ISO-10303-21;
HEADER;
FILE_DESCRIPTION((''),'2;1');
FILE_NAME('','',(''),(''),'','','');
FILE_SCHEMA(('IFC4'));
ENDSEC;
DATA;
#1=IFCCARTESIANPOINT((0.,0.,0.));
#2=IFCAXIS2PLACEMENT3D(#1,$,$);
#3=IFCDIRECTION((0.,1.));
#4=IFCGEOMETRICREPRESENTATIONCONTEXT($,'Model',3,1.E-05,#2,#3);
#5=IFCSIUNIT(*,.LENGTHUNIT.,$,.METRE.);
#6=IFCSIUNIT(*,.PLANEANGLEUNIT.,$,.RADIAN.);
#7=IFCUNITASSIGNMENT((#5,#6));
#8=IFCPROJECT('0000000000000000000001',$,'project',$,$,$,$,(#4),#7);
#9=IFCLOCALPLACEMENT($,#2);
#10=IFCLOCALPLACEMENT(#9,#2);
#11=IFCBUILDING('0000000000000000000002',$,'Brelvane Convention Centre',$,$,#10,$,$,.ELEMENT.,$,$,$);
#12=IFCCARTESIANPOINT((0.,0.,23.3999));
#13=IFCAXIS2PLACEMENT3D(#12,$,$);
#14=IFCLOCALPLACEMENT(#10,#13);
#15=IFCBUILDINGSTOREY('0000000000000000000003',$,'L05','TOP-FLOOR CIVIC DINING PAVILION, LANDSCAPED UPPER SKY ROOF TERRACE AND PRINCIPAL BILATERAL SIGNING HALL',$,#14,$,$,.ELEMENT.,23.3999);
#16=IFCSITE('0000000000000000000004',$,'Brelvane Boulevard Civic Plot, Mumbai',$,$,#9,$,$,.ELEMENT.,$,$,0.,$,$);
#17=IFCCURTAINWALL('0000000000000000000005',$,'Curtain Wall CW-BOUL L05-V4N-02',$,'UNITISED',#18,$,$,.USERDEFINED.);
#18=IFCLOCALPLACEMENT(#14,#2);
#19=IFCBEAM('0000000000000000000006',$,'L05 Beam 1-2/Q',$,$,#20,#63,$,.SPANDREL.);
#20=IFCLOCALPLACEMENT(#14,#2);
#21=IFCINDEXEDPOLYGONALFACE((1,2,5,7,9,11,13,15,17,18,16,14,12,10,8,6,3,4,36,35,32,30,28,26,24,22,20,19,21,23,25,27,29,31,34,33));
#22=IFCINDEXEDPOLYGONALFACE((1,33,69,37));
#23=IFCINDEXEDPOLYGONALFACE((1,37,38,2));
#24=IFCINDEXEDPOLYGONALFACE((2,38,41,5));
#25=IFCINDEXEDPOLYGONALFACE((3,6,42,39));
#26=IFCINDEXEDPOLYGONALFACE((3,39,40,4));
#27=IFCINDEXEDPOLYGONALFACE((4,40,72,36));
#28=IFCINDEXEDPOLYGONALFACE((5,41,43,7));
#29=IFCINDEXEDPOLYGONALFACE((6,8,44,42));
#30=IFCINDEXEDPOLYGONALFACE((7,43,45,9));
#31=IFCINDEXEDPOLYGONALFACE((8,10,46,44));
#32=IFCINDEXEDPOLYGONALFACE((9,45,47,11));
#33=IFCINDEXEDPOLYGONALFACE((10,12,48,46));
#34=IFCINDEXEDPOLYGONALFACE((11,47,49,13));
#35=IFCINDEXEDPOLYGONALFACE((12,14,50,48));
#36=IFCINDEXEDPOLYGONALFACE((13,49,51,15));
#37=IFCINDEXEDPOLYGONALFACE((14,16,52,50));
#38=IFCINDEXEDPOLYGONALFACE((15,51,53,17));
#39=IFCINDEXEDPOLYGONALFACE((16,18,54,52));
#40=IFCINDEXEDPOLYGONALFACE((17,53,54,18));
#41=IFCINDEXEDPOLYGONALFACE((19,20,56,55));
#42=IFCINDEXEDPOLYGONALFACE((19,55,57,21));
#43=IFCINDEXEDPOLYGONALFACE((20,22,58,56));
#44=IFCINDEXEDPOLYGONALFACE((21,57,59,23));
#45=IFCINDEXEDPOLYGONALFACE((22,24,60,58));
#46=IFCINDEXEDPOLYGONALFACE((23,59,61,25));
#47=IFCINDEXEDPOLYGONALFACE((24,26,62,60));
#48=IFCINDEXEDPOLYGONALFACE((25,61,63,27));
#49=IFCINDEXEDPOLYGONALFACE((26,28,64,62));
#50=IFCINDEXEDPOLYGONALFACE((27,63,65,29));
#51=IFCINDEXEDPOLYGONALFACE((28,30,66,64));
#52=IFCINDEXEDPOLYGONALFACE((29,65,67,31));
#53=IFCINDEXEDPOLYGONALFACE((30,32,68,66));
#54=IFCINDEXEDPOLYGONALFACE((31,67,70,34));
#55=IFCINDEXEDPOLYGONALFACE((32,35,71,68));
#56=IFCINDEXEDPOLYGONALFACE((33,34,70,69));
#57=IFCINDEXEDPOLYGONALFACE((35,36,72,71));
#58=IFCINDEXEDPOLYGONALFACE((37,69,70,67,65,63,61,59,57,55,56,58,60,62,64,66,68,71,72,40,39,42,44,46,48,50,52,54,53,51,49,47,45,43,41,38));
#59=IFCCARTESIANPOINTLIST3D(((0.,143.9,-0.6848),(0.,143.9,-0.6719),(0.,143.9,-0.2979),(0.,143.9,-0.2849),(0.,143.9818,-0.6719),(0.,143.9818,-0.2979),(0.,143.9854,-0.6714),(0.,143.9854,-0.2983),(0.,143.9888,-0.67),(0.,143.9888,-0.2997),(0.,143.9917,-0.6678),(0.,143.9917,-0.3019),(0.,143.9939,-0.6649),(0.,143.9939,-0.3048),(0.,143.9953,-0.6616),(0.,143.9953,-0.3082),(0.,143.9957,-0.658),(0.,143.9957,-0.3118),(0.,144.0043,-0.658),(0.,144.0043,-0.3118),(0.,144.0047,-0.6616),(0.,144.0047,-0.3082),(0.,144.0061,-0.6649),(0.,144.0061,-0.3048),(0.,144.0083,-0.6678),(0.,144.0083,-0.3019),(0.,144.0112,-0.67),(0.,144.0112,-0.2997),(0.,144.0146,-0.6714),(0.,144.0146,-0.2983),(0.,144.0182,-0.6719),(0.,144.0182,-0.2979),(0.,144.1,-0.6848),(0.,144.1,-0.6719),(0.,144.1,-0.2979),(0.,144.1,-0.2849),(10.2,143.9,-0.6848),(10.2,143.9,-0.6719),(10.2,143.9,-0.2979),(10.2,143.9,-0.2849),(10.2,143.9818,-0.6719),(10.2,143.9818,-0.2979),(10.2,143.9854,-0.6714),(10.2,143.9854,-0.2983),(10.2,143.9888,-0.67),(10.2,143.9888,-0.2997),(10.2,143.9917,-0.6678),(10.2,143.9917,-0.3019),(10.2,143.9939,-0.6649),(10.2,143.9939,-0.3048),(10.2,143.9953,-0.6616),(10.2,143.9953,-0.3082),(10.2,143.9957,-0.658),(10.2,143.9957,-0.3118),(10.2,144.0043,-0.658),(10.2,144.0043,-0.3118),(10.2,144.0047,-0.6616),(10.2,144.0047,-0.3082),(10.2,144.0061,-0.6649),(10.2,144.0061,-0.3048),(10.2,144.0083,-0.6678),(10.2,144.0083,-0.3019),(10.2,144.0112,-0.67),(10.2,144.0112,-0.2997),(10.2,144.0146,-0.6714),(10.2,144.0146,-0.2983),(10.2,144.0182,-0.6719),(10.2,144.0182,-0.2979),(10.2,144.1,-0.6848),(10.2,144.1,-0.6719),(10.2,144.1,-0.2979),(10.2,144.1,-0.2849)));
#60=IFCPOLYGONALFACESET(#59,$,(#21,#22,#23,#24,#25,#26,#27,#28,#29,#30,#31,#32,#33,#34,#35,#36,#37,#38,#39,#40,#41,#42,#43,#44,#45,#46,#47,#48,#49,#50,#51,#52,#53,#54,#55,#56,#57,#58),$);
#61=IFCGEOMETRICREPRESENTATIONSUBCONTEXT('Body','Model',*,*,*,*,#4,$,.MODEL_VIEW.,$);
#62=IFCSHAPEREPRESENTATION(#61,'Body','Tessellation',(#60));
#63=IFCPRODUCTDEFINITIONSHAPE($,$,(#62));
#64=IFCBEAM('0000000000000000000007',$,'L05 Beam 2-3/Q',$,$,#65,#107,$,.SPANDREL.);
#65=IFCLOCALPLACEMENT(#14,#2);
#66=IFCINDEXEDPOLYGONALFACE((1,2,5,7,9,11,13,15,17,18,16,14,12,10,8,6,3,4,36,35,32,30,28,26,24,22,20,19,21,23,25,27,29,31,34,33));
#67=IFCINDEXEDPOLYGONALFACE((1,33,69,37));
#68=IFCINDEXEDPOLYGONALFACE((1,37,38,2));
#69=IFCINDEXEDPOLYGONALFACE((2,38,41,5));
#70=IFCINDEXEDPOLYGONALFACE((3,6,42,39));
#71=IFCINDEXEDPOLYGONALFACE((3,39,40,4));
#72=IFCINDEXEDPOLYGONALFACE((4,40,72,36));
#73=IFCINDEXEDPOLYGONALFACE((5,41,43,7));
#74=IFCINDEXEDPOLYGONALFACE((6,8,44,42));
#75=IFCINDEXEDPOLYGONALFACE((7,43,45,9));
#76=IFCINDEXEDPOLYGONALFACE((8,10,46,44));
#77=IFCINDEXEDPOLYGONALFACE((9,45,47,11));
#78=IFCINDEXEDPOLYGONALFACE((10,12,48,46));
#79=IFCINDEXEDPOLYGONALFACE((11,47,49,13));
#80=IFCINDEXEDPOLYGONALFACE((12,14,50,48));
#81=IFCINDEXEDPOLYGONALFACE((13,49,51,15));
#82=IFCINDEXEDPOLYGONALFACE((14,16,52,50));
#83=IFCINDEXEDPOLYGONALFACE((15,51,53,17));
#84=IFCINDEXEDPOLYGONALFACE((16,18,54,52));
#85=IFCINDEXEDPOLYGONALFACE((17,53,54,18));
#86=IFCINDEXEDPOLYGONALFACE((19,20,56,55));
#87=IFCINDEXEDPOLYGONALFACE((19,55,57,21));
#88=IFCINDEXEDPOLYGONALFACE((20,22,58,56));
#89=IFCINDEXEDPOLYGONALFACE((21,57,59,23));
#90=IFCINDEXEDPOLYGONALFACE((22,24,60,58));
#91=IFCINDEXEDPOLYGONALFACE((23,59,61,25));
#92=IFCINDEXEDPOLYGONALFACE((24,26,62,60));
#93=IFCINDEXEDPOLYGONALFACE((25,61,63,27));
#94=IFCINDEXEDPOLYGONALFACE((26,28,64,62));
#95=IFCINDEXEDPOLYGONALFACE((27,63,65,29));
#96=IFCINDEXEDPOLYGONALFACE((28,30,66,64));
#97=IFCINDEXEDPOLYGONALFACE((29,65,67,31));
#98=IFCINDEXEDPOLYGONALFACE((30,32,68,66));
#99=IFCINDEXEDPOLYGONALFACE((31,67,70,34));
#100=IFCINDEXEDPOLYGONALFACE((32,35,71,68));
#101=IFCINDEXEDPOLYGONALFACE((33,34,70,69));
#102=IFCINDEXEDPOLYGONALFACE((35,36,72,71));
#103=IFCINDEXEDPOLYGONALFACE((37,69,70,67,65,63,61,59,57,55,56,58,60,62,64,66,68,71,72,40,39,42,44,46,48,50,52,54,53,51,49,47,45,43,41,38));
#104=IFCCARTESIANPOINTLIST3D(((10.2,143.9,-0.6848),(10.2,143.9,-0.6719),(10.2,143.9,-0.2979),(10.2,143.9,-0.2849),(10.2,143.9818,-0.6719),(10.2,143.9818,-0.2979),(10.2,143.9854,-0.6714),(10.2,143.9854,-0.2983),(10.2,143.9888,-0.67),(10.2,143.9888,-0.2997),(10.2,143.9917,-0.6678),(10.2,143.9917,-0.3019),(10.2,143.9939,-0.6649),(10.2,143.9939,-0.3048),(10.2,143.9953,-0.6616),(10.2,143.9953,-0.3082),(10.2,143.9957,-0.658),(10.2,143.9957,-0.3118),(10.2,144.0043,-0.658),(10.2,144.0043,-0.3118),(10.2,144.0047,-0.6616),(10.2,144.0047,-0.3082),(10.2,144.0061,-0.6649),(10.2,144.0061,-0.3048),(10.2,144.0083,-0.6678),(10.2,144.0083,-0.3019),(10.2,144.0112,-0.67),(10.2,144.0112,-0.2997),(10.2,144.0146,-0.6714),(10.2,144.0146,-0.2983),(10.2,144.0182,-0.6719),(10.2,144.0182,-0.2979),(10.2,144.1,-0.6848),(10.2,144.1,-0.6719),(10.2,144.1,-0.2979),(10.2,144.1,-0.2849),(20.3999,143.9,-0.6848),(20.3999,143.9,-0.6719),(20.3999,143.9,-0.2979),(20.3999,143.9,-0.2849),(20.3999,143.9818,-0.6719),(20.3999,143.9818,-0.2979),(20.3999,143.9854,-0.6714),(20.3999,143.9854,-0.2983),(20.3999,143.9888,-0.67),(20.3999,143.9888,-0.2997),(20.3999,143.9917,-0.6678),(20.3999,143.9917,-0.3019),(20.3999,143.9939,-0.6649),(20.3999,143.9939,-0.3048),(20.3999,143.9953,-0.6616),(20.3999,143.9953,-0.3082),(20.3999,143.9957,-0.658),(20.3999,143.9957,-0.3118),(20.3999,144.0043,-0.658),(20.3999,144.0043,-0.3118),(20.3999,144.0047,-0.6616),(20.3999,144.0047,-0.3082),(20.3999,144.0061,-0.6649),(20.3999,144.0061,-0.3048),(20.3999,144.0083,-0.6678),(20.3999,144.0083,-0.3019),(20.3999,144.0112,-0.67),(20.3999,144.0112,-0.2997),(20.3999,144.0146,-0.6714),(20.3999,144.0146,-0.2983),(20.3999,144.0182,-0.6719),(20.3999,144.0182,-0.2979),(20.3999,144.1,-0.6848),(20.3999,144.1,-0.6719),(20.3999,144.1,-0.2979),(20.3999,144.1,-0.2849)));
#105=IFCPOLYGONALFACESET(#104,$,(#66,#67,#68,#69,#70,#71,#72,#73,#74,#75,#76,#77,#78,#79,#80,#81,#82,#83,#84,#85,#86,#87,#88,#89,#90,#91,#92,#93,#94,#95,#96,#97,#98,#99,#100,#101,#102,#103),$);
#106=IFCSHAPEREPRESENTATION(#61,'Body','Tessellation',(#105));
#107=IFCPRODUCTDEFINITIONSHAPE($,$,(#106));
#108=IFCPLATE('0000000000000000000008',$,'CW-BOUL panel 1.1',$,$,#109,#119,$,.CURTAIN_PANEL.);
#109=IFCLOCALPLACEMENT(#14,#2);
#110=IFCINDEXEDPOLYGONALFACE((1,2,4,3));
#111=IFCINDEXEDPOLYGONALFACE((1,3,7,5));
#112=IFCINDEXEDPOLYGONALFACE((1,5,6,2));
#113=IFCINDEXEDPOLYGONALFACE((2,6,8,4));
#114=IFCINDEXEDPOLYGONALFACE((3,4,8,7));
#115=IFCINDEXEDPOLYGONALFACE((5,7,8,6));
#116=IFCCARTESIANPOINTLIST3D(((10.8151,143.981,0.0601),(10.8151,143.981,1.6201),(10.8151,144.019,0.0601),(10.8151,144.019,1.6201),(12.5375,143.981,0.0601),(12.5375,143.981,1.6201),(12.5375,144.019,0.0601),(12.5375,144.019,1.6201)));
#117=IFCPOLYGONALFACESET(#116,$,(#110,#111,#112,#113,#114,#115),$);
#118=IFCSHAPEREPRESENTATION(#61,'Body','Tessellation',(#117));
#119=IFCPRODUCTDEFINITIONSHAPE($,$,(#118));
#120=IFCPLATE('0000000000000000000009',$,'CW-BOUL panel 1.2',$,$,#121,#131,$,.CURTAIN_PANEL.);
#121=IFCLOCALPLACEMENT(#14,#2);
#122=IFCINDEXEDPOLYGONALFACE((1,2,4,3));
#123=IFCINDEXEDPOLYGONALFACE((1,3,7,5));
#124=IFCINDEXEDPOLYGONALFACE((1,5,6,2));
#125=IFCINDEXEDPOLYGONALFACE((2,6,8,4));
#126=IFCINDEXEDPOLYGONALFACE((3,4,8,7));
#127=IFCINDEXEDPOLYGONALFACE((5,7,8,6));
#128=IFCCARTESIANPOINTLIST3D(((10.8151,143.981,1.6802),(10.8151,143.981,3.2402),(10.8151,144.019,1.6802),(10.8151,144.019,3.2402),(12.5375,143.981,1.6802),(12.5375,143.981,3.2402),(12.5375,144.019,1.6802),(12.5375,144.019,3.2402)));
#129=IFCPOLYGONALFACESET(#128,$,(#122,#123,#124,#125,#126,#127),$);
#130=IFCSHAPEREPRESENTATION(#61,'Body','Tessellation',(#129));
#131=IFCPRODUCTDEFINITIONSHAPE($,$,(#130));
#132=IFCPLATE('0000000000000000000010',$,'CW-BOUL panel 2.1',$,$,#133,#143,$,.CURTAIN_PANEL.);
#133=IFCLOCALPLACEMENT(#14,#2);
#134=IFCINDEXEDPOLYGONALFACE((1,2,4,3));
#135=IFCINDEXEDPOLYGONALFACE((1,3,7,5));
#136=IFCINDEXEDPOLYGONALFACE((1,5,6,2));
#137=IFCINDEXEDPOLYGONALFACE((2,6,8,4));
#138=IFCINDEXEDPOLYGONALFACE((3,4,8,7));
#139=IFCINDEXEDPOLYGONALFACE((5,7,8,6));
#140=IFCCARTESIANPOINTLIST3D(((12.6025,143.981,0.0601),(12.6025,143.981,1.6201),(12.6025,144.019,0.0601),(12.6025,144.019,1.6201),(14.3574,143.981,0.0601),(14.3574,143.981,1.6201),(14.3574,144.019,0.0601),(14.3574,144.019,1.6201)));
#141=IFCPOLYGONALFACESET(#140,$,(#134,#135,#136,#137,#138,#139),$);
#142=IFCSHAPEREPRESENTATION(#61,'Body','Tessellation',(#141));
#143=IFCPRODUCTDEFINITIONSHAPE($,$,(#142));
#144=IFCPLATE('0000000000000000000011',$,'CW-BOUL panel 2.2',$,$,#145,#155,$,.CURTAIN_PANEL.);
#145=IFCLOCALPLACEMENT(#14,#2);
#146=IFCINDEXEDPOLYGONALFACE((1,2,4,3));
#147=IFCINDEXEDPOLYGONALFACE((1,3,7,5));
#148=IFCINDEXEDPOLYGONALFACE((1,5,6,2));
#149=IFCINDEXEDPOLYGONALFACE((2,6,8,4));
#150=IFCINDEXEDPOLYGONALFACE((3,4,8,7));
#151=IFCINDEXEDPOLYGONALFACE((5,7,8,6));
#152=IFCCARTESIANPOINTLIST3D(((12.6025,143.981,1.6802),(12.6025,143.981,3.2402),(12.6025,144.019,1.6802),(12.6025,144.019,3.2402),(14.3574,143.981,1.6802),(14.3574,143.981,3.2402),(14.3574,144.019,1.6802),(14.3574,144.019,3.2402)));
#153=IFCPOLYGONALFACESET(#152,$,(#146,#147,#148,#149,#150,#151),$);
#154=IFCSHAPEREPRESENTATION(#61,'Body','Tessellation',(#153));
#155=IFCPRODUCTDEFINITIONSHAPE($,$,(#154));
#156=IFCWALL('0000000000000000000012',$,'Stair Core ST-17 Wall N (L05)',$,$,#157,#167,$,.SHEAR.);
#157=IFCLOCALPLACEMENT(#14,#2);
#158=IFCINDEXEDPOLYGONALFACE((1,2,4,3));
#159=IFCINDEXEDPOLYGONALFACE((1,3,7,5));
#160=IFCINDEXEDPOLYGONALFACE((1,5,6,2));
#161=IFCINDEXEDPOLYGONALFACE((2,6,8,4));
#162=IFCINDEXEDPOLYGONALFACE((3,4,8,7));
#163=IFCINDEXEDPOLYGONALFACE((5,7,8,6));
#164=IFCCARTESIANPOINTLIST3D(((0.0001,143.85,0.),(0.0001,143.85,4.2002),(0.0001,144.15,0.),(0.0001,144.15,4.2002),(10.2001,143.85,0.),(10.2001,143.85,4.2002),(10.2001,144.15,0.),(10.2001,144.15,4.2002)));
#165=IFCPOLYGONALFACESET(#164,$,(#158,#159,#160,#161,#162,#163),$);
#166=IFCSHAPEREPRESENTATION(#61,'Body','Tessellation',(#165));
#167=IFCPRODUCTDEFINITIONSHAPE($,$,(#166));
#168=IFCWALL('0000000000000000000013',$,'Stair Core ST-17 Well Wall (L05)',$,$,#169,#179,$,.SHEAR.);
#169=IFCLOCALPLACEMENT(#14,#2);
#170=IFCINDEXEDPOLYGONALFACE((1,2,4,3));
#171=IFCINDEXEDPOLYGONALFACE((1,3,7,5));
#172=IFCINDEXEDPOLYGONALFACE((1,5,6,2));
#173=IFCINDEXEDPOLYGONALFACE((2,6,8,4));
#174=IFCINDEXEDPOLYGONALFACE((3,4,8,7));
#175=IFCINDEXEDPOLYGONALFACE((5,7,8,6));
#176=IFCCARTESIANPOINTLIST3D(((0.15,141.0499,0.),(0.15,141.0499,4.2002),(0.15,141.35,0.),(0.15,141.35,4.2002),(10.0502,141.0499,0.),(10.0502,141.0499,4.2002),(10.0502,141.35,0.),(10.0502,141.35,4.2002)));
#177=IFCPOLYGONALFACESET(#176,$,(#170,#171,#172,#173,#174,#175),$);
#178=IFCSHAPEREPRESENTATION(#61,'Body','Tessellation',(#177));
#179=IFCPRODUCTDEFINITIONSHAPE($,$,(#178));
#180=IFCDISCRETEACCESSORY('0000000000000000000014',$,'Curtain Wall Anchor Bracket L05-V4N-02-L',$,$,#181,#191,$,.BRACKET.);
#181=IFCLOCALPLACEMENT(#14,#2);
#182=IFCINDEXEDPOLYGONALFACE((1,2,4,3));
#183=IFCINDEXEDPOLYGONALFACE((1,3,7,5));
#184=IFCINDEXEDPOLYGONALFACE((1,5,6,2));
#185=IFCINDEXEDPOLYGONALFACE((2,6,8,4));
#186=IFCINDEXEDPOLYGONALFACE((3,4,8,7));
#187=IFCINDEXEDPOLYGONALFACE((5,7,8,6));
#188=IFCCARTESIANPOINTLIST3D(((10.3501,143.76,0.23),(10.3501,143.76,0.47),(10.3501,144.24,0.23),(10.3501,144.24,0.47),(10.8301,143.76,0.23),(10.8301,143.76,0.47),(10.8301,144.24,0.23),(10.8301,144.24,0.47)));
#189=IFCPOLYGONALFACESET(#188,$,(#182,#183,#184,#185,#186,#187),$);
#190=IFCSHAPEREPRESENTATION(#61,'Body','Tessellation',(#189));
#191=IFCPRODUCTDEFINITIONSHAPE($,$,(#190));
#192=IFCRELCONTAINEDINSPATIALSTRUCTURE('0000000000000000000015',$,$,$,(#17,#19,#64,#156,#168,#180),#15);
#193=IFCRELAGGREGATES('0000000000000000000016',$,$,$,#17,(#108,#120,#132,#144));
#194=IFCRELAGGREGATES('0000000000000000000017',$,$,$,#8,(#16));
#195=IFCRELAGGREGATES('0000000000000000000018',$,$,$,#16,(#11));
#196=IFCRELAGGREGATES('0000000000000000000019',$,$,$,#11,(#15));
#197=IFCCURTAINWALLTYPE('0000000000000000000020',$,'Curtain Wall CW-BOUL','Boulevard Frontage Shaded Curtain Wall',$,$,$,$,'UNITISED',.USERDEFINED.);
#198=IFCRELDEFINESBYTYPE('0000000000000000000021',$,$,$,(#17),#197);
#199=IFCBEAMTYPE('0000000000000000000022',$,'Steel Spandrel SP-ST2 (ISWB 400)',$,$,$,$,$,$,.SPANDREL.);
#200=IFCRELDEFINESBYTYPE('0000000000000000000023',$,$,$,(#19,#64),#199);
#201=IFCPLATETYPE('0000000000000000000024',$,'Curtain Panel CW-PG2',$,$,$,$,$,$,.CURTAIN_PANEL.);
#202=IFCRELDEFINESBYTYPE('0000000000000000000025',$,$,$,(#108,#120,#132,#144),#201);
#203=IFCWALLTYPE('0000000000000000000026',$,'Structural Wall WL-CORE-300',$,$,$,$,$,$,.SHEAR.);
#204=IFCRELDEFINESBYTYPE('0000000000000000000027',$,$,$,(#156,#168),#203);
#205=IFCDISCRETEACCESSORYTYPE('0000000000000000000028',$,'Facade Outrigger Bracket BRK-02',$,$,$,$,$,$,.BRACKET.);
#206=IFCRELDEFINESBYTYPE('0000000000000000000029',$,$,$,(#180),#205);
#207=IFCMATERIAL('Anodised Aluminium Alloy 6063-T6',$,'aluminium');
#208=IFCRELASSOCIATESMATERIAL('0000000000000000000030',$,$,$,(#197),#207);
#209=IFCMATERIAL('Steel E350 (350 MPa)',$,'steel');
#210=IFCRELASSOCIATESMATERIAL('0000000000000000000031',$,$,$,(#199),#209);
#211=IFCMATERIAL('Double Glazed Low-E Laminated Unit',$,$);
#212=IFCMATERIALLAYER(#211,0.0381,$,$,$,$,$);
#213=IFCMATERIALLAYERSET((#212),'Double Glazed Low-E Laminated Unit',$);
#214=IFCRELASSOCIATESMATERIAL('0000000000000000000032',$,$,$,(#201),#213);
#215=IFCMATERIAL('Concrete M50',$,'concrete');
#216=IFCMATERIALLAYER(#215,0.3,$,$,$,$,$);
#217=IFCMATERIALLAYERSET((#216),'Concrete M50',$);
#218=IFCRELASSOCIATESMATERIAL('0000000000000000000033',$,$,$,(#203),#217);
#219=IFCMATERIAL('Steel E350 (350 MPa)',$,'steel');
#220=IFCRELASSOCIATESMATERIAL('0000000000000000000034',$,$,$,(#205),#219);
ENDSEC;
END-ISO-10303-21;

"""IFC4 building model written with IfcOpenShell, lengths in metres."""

from ifc_helpers import new_model, si_unit, direction, frame, frame_2d, origin, origin_2d, place, context, subcontext, project, spatial, rectangle, i_section, extrude, material, layer, layer_set, material_profile, profile_set, type_object, element, aggregate, save


model = new_model("IFC4")

# Units and contexts
model_context = context("Model", 3, precision=1e-05, world=origin(), true_north=direction((0.0, 1.0)))
body_context = subcontext(model_context, "Body", "Model", "MODEL_VIEW")
ifc_project = project(units=[si_unit("LENGTHUNIT", "METRE"), si_unit("PLANEANGLEUNIT", "RADIAN")], contexts=[model_context])

# Site, building, storey
site_placement = place(None, origin())
site = spatial("IfcSite", under=ifc_project, at=site_placement, Name="Brelvane Boulevard Civic Plot, Mumbai", CompositionType="ELEMENT", RefElevation=0.0)
building_placement = place(site_placement, origin())
building = spatial("IfcBuilding", under=site, at=building_placement, Name="Brelvane Convention Centre", CompositionType="ELEMENT")
storey_placement = place(building_placement, frame((0.0, 0.0, 23.3999)))
storey = spatial("IfcBuildingStorey", under=building, at=storey_placement, Name="L05", Description="TOP-FLOOR CIVIC DINING PAVILION, LANDSCAPED UPPER SKY ROOF TERRACE AND PRINCIPAL BILATERAL SIGNING HALL", CompositionType="ELEMENT", Elevation=23.3999)

# Curtain wall
ifc_material_1 = material(Name="Anodised Aluminium Alloy 6063-T6", Category="aluminium")
curtain_wall_type = type_object("IfcCurtainWallType", Name="Curtain Wall CW-BOUL", Description="Boulevard Frontage Shaded Curtain Wall", ElementType="UNITISED", PredefinedType="USERDEFINED", material=ifc_material_1)
curtain_wall_placement = place(storey_placement, origin())
curtain_wall = element("IfcCurtainWall", 1, at=curtain_wall_placement, inside=storey, type_object=curtain_wall_type, Name="Curtain Wall CW-BOUL L05-V4N-02", ObjectType="UNITISED", PredefinedType="USERDEFINED")

# Beams
ifc_material_2 = material(Name="Steel E350 (350 MPa)", Category="steel")
ifc_material_profile_1 = material_profile(ifc_material_2, i_section(OverallWidth=0.2, OverallDepth=0.3999, WebThickness=0.0085, FlangeThickness=0.0129, FilletRadius=0.0139, at=origin_2d()), Name="ISWB 400")
ifc_profile_set_1 = profile_set([ifc_material_profile_1], Name="Steel E350 (350 MPa)")
beam_type_1 = type_object("IfcBeamType", Name="Steel Spandrel SP-ST2 (ISWB 400)", PredefinedType="SPANDREL", material=ifc_profile_set_1)
for number, where, z_axis, x_axis, name in (
    (2, (0.0, 144.0, -0.4849), (1.0, 0.0, 0.0), (0.0, 1.0, 0.0), "L05 Beam 1-2/Q"),
    (3, (10.2, 144.0, -0.4849), (1.0, 0.0, 0.0), (0.0, 1.0, 0.0), "L05 Beam 2-3/Q"),
):
    element("IfcBeam", number, at=place(storey_placement, frame(where, z_axis=z_axis, x_axis=x_axis)), inside=storey, type_object=beam_type_1, Name=name, PredefinedType="SPANDREL", context=body_context, shape_type="SweptSolid", body=[
        extrude(i_section(OverallWidth=0.2, OverallDepth=0.3999, WebThickness=0.0085, FlangeThickness=0.0129, FilletRadius=0.0139, at=origin_2d()), origin(), (0.0, 0.0, 1.0), 10.2),
    ])

# Plates
ifc_material_3 = material(Name="Double Glazed Low-E Laminated Unit")
ifc_layer_1 = layer(ifc_material_3, 0.0381)
ifc_layer_set_1 = layer_set([ifc_layer_1], Name="Double Glazed Low-E Laminated Unit")
plate_type = type_object("IfcPlateType", Name="Curtain Panel CW-PG2", PredefinedType="CURTAIN_PANEL", material=ifc_layer_set_1)
plate_1_placement = place(storey_placement, frame((11.6763, 144.0, 0.0601), z_axis=(0.0, 0.0, 1.0), x_axis=(1.0, 0.0, 0.0)))
plate_1 = element("IfcPlate", 4, at=plate_1_placement, type_object=plate_type, Name="CW-BOUL panel 1.1", PredefinedType="CURTAIN_PANEL", context=body_context, shape_type="SweptSolid", body=[
    extrude(rectangle(XDim=1.7224, YDim=0.0381, at=origin_2d()), origin(), (0.0, 0.0, 1.0), 1.5601),
])
plate_2_placement = place(storey_placement, frame((11.6763, 144.0, 1.6802), z_axis=(0.0, 0.0, 1.0), x_axis=(1.0, 0.0, 0.0)))
plate_2 = element("IfcPlate", 5, at=plate_2_placement, type_object=plate_type, Name="CW-BOUL panel 1.2", PredefinedType="CURTAIN_PANEL", context=body_context, shape_type="SweptSolid", body=[
    extrude(rectangle(XDim=1.7224, YDim=0.0381, at=origin_2d()), origin(), (0.0, 0.0, 1.0), 1.5601),
])
plate_3_placement = place(storey_placement, frame((13.48, 144.0, 0.0601), z_axis=(0.0, 0.0, 1.0), x_axis=(1.0, 0.0, 0.0)))
plate_3 = element("IfcPlate", 6, at=plate_3_placement, type_object=plate_type, Name="CW-BOUL panel 2.1", PredefinedType="CURTAIN_PANEL", context=body_context, shape_type="SweptSolid", body=[
    extrude(rectangle(XDim=1.7549, YDim=0.0381, at=origin_2d()), origin(), (0.0, 0.0, 1.0), 1.5601),
])
plate_4_placement = place(storey_placement, frame((13.48, 144.0, 1.6802), z_axis=(0.0, 0.0, 1.0), x_axis=(1.0, 0.0, 0.0)))
plate_4 = element("IfcPlate", 7, at=plate_4_placement, type_object=plate_type, Name="CW-BOUL panel 2.2", PredefinedType="CURTAIN_PANEL", context=body_context, shape_type="SweptSolid", body=[
    extrude(rectangle(XDim=1.7549, YDim=0.0381, at=origin_2d()), origin(), (0.0, 0.0, 1.0), 1.5601),
])
aggregate(curtain_wall, [plate_1, plate_2, plate_3, plate_4])

# Walls
ifc_material_4 = material(Name="Concrete M50", Category="concrete")
ifc_layer_2 = layer(ifc_material_4, 0.3)
ifc_layer_set_2 = layer_set([ifc_layer_2], Name="Concrete M50")
wall_type = type_object("IfcWallType", Name="Structural Wall WL-CORE-300", PredefinedType="SHEAR", material=ifc_layer_set_2)
wall_1_placement = place(storey_placement, frame((0.0, 144.0, 0.0), z_axis=(0.0, 0.0, 1.0), x_axis=(1.0, 0.0, 0.0)))
element("IfcWall", 8, at=wall_1_placement, inside=storey, type_object=wall_type, Name="Stair Core ST-17 Wall N (L05)", PredefinedType="SHEAR", context=body_context, shape_type="SweptSolid", body=[
    extrude(rectangle(XDim=10.2, YDim=0.3, at=frame_2d((5.1001, 0.0))), origin(), (0.0, 0.0, 1.0), 4.2002),
])
wall_2_placement = place(storey_placement, frame((0.1499, 141.2, 0.0), z_axis=(0.0, 0.0, 1.0), x_axis=(1.0, 0.0, 0.0)))
element("IfcWall", 9, at=wall_2_placement, inside=storey, type_object=wall_type, Name="Stair Core ST-17 Well Wall (L05)", PredefinedType="SHEAR", context=body_context, shape_type="SweptSolid", body=[
    extrude(rectangle(XDim=9.9001, YDim=0.3, at=frame_2d((4.9502, 0.0))), origin(), (0.0, 0.0, 1.0), 4.2002),
])

# Discrete accessory
ifc_material_5 = material(Name="Steel E350 (350 MPa)", Category="steel")
discrete_accessory_type = type_object("IfcDiscreteAccessoryType", Name="Facade Outrigger Bracket BRK-02", PredefinedType="BRACKET", material=ifc_material_5)
discrete_accessory_placement = place(storey_placement, frame((10.5901, 144.0, 0.23), z_axis=(0.0, 0.0, 1.0), x_axis=(1.0, 0.0, 0.0)))
element("IfcDiscreteAccessory", 10, at=discrete_accessory_placement, inside=storey, type_object=discrete_accessory_type, Name="Curtain Wall Anchor Bracket L05-V4N-02-L", PredefinedType="BRACKET", context=body_context, shape_type="SweptSolid", body=[
    extrude(rectangle(XDim=0.48, YDim=0.48, at=origin_2d()), origin(), (0.0, 0.0, 1.0), 0.24),
])

save(model, "model.ifc")
